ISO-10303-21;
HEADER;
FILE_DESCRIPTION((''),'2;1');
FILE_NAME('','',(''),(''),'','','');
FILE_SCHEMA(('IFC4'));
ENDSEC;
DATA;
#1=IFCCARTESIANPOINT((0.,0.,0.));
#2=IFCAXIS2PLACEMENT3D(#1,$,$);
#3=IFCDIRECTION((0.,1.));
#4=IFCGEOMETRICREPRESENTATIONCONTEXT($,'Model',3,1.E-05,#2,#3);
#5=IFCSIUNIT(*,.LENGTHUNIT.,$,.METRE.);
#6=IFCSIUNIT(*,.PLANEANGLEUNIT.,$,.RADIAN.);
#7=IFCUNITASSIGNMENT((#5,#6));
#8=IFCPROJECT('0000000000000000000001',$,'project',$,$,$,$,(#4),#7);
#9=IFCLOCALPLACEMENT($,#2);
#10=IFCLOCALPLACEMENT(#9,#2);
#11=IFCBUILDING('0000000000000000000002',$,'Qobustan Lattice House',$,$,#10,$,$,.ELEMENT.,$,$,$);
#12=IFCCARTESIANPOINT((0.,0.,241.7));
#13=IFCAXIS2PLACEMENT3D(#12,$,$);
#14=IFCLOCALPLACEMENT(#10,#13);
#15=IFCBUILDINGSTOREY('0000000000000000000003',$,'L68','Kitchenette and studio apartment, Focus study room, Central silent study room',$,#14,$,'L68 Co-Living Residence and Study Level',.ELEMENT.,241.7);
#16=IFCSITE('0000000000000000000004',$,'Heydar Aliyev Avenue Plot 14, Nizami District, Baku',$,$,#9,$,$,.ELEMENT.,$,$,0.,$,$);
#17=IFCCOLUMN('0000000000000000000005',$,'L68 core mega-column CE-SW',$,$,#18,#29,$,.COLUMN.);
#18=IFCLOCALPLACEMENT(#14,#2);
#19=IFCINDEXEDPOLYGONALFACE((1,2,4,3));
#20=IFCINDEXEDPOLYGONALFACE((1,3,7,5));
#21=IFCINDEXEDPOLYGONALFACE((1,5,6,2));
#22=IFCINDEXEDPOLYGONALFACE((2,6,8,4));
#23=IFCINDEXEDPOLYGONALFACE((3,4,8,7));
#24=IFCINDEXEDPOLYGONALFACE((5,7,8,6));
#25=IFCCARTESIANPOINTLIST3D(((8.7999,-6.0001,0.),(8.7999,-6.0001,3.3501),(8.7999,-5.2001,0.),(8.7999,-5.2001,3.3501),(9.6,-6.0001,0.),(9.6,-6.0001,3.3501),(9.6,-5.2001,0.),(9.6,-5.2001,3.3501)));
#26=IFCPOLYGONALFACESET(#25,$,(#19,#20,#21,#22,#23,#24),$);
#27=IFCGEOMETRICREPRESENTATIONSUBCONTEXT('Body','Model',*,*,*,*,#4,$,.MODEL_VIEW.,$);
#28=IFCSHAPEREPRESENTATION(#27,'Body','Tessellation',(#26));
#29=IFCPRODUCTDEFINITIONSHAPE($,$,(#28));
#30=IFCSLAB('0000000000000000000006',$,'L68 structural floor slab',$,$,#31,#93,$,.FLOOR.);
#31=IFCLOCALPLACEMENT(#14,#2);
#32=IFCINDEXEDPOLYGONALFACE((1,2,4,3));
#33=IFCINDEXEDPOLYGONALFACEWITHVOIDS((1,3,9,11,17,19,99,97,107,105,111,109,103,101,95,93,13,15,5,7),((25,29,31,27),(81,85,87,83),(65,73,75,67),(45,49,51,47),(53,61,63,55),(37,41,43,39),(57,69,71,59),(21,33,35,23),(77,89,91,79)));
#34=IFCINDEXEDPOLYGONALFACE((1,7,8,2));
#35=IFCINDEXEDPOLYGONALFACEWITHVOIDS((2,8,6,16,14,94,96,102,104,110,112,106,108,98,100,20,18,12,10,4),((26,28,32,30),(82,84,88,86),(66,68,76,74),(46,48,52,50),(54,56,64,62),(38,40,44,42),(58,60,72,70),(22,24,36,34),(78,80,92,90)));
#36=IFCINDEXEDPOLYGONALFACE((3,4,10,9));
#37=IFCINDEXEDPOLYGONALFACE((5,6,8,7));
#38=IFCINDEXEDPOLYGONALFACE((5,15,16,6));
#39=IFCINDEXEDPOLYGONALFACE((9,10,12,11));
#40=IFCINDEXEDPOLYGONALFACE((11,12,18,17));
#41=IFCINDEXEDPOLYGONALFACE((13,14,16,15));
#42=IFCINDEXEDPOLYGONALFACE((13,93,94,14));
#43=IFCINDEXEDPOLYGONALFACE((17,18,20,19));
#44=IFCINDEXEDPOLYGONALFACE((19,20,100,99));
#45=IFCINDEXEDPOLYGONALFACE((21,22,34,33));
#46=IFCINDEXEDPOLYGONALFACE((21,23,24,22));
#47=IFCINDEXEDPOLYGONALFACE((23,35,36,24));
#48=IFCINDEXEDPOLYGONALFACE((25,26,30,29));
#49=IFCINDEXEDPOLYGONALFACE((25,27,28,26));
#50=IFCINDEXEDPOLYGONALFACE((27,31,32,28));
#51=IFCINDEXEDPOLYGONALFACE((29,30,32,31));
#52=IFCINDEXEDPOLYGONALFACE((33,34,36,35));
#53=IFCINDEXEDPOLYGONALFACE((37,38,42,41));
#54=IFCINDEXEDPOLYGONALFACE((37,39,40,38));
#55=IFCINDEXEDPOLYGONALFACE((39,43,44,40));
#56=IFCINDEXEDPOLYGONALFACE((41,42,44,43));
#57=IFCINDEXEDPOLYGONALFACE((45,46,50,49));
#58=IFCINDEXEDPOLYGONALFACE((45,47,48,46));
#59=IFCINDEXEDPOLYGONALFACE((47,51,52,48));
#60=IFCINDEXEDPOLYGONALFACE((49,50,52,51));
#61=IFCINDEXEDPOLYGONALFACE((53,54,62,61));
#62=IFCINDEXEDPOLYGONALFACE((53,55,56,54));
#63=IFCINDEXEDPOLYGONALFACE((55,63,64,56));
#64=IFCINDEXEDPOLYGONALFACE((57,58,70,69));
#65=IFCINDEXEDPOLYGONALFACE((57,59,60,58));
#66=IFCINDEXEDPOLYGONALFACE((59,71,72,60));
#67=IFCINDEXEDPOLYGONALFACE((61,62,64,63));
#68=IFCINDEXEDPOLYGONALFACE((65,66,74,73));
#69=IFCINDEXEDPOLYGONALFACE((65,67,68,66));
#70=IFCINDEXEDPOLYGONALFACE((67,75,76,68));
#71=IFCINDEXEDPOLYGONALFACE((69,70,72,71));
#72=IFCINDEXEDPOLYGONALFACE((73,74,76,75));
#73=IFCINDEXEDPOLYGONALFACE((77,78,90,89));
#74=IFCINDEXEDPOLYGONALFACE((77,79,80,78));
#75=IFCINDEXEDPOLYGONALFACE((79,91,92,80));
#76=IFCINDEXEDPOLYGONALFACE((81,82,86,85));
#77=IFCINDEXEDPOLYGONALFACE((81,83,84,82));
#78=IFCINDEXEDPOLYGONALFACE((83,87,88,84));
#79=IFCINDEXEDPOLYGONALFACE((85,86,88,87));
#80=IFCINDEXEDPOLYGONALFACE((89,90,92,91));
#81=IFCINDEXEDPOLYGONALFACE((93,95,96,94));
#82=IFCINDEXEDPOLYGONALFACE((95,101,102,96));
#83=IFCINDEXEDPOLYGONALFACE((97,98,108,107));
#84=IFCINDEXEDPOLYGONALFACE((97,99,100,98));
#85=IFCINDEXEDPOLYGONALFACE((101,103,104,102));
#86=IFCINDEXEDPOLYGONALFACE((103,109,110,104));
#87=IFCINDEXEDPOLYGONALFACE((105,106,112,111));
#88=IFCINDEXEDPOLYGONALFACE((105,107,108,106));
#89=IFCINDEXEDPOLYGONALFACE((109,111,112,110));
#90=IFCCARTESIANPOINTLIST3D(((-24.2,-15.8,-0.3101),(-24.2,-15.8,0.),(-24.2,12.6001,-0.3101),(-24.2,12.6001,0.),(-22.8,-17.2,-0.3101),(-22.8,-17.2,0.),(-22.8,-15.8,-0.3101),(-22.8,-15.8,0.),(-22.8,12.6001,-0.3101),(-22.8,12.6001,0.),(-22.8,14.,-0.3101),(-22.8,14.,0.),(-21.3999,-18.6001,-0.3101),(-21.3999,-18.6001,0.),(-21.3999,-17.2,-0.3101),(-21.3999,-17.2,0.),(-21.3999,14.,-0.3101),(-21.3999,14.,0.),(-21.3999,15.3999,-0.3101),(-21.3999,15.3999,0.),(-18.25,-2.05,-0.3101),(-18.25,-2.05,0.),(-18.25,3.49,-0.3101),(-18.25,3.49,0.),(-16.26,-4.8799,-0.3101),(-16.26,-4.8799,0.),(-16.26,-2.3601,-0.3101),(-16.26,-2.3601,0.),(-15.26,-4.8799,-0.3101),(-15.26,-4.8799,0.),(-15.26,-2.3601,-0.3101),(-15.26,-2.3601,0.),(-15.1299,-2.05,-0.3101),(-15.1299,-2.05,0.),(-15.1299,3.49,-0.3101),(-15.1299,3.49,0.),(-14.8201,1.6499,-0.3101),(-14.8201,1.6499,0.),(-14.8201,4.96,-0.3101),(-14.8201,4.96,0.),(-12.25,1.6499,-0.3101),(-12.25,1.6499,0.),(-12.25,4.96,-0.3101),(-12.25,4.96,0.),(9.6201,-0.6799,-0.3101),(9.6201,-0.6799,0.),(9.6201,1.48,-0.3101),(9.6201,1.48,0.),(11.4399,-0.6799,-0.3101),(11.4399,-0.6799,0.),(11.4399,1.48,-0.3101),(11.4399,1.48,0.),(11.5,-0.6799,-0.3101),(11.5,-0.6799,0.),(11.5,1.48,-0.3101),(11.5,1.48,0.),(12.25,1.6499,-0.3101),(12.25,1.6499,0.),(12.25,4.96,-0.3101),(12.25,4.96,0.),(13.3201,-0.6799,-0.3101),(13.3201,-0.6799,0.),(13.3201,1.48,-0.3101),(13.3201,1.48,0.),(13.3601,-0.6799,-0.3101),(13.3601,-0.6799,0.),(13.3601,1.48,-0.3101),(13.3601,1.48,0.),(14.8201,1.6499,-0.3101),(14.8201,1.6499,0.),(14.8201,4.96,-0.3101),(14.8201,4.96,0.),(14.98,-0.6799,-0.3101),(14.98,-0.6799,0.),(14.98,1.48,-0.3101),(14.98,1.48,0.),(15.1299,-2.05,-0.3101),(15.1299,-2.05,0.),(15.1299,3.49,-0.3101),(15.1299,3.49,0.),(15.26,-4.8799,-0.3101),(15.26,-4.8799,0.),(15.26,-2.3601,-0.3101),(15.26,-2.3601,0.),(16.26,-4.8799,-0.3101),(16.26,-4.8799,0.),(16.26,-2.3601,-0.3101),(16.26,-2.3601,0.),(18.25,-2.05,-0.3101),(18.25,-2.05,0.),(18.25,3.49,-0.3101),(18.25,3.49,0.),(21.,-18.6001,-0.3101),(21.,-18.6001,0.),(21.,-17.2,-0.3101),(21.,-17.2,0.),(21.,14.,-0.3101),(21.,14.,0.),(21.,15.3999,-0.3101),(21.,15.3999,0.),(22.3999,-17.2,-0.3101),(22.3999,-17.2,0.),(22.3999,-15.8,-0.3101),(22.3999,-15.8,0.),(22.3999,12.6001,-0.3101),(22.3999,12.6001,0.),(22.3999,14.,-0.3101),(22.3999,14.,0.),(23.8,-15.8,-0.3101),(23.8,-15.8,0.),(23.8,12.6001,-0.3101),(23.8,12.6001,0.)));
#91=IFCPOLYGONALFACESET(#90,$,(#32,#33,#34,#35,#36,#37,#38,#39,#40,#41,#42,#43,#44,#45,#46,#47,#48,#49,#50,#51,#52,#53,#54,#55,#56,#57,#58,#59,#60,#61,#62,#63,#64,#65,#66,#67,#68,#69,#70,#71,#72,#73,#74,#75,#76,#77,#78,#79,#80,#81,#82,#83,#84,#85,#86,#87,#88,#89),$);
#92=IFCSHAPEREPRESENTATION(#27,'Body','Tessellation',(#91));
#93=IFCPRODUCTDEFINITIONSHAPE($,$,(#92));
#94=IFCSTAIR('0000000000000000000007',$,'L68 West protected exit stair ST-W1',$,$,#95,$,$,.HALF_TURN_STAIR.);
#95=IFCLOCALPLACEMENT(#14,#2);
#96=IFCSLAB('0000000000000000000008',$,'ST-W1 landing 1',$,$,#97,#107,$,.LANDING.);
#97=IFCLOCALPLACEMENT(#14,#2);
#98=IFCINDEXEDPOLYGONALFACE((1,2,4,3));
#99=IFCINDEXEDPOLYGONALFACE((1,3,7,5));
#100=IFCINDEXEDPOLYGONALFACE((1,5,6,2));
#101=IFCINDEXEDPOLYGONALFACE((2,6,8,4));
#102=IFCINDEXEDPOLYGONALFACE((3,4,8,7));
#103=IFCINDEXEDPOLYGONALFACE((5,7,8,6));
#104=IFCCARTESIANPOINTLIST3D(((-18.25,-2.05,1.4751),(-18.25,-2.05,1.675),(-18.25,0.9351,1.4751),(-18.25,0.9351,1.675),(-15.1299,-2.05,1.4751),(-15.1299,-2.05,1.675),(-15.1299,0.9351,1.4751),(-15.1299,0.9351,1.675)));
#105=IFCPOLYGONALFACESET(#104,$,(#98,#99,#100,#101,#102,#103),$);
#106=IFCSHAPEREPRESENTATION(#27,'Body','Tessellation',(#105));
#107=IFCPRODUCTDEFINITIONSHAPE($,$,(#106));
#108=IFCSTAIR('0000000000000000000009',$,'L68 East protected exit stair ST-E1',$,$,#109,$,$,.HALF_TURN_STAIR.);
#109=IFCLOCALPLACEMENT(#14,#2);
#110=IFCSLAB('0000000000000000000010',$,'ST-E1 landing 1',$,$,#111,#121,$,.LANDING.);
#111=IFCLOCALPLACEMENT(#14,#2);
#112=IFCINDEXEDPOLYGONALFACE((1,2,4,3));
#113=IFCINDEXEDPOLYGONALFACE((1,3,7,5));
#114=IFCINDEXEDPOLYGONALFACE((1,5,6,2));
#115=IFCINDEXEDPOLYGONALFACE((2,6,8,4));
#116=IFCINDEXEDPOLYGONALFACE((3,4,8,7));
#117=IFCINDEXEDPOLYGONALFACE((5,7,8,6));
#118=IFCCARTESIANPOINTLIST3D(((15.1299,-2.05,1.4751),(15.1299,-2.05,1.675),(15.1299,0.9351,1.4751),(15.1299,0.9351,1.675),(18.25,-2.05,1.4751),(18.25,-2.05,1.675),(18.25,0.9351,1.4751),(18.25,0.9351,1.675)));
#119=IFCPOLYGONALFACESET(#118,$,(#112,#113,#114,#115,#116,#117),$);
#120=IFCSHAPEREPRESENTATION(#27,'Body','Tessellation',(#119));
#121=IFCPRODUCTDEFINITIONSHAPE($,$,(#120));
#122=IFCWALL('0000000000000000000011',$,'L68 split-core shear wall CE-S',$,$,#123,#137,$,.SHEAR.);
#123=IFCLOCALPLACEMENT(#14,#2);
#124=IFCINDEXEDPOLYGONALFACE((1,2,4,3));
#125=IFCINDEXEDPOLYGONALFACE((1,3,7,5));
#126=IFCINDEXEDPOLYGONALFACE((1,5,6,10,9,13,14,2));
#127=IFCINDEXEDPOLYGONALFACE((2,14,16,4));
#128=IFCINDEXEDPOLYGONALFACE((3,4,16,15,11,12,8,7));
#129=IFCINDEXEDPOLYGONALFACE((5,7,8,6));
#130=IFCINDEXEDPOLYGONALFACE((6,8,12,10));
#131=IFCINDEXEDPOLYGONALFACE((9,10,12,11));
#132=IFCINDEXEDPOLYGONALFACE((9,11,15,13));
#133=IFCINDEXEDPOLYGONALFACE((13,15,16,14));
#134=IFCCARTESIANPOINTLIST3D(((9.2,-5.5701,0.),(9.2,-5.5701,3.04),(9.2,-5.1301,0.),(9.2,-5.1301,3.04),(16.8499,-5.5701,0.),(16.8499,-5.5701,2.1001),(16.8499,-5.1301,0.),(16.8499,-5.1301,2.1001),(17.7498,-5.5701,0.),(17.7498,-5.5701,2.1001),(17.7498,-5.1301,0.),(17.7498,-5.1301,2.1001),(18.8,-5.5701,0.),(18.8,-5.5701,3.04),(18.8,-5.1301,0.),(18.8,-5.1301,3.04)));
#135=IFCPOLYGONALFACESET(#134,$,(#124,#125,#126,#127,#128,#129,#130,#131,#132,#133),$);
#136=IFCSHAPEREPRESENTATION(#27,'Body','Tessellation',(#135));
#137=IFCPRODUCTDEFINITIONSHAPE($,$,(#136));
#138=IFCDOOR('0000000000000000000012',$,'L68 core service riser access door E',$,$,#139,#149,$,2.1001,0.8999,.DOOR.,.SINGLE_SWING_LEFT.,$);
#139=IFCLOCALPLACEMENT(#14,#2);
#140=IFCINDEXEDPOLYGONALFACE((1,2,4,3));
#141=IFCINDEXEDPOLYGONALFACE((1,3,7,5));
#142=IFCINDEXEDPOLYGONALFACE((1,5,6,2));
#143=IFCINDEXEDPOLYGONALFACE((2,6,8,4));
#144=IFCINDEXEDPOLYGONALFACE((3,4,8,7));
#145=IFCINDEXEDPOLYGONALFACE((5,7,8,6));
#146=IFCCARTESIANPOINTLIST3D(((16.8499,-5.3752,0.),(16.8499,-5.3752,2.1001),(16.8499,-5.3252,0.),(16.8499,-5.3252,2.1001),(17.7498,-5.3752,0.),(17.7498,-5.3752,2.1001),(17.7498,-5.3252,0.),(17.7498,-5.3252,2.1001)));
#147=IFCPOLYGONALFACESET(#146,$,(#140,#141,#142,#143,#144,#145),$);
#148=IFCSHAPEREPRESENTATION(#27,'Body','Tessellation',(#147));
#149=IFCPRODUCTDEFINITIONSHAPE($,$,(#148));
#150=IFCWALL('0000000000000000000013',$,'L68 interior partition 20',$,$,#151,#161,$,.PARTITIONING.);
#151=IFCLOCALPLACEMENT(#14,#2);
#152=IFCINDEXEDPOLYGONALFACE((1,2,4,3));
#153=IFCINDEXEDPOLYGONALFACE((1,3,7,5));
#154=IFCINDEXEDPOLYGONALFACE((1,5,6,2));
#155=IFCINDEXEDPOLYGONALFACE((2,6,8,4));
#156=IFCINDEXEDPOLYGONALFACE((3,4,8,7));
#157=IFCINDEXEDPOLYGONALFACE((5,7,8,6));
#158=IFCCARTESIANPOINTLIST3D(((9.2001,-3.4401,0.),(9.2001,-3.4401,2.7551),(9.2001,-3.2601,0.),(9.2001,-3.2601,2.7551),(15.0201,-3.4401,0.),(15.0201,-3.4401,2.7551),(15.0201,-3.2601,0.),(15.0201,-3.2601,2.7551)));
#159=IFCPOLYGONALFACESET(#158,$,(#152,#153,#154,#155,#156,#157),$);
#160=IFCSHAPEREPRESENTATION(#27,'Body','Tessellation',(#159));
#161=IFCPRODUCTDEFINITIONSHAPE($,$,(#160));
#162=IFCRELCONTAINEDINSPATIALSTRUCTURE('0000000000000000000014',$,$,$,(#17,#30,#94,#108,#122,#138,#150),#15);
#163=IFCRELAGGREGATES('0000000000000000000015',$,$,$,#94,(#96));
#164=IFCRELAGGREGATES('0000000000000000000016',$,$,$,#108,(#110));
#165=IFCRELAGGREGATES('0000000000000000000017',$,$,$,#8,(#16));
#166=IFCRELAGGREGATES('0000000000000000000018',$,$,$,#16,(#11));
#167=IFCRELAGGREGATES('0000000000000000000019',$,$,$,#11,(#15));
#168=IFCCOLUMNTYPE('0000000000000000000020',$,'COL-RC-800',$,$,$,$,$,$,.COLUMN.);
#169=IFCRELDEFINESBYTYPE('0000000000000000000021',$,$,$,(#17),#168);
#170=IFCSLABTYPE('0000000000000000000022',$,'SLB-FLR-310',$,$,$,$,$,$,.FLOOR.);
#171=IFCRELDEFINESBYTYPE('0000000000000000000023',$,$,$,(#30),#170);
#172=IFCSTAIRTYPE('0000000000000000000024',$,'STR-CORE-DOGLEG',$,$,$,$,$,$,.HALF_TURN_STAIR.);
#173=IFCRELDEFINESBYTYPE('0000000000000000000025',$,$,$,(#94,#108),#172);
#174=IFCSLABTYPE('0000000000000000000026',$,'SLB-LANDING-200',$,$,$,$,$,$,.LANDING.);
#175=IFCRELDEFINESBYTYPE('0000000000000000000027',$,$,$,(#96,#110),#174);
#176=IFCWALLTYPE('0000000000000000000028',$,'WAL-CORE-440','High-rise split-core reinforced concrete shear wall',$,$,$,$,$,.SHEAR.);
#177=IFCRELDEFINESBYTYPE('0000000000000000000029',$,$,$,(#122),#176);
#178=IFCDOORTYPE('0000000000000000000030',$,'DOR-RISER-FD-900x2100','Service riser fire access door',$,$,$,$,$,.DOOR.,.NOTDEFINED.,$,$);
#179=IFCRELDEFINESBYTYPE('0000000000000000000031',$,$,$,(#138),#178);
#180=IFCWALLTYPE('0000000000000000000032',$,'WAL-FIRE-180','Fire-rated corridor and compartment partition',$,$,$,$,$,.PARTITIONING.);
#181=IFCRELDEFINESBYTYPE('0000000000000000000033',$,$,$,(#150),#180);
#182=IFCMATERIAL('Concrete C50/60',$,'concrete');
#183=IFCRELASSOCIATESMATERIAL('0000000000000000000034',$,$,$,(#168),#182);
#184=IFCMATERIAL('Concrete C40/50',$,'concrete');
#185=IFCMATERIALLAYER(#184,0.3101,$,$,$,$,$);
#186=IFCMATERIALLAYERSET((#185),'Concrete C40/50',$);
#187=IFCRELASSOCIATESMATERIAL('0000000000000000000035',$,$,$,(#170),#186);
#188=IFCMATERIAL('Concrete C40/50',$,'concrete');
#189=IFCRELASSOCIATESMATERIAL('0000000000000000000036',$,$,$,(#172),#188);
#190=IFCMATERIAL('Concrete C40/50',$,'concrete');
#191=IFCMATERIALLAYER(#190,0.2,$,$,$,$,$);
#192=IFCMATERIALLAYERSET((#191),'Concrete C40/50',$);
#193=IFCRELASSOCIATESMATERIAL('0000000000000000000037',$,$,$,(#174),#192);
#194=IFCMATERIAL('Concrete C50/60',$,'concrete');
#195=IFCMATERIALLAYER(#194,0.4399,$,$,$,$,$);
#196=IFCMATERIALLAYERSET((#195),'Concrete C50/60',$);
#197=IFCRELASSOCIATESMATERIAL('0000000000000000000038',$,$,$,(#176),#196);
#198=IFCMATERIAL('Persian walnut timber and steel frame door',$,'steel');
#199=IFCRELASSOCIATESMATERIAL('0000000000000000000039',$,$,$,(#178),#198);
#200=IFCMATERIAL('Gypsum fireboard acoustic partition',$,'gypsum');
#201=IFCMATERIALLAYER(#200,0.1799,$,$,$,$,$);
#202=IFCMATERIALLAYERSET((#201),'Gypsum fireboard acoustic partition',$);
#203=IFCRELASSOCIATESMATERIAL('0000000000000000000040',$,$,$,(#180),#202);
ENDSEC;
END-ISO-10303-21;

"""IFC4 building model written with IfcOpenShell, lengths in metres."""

from ifc_helpers import new_model, si_unit, direction, frame, frame_2d, origin, origin_2d, place, context, subcontext, project, spatial, polyline, rectangle, outline, extrude, material, layer, layer_set, material_profile, profile_set, type_object, element, fill, aggregate, save


model = new_model("IFC4")

# Units and contexts
model_context = context("Model", 3, precision=1e-05, world=origin(), true_north=direction((0.0, 1.0)))
body_context = subcontext(model_context, "Body", "Model", "MODEL_VIEW")
ifc_project = project(units=[si_unit("LENGTHUNIT", "METRE"), si_unit("PLANEANGLEUNIT", "RADIAN")], contexts=[model_context])

# Site, building, storey
site_placement = place(None, origin())
site = spatial("IfcSite", under=ifc_project, at=site_placement, Name="Heydar Aliyev Avenue Plot 14, Nizami District, Baku", CompositionType="ELEMENT", RefElevation=0.0)
building_placement = place(site_placement, origin())
building = spatial("IfcBuilding", under=site, at=building_placement, Name="Qobustan Lattice House", CompositionType="ELEMENT")
storey_placement = place(building_placement, frame((0.0, 0.0, 241.7)))
storey = spatial("IfcBuildingStorey", under=building, at=storey_placement, Name="L68", Description="Kitchenette and studio apartment, Focus study room, Central silent study room", LongName="L68 Co-Living Residence and Study Level", CompositionType="ELEMENT", Elevation=241.7)

# Column
ifc_material_1 = material(Name="Concrete C50/60", Category="concrete")
ifc_material_profile = material_profile(ifc_material_1, rectangle(XDim=0.8, YDim=0.8, at=origin_2d()), Name="RC800x800")
ifc_profile_set = profile_set([ifc_material_profile], Name="Concrete C50/60")
column_type = type_object("IfcColumnType", Name="COL-RC-800", PredefinedType="COLUMN", material=ifc_profile_set)
column_placement = place(storey_placement, frame((9.2, -5.6001, 0.0), z_axis=(0.0, 0.0, 1.0), x_axis=(1.0, 0.0, 0.0)))
element("IfcColumn", 1, at=column_placement, inside=storey, type_object=column_type, Name="L68 core mega-column CE-SW", PredefinedType="COLUMN", context=body_context, shape_type="SweptSolid", body=[
    extrude(rectangle(XDim=0.8, YDim=0.8, at=origin_2d()), origin(), (0.0, 0.0, 1.0), 3.3501),
])

# Slab
ifc_material_2 = material(Name="Concrete C40/50", Category="concrete")
ifc_layer_1 = layer(ifc_material_2, 0.3101)
ifc_layer_set_1 = layer_set([ifc_layer_1], Name="Concrete C40/50")
slab_type_1 = type_object("IfcSlabType", Name="SLB-FLR-310", PredefinedType="FLOOR", material=ifc_layer_set_1)
slab_1_placement = place(storey_placement, frame((0.0, 0.0, -0.3101)))
element("IfcSlab", 2, at=slab_1_placement, inside=storey, type_object=slab_type_1, Name="L68 structural floor slab", PredefinedType="FLOOR", context=body_context, shape_type="SweptSolid", body=[
    extrude(outline(polyline([(-21.3999, -18.6001), (21.0, -18.6001), (21.0, -17.2), (22.3999, -17.2), (22.3999, -15.8), (23.8, -15.8), (23.8, 12.6001), (22.3999, 12.6001), (22.3999, 14.0), (21.0, 14.0), (21.0, 15.3999), (-21.3999, 15.3999), (-21.3999, 14.0), (-22.8, 14.0), (-22.8, 12.6001), (-24.2, 12.6001), (-24.2, -15.8), (-22.8, -15.8), (-22.8, -17.2), (-21.3999, -17.2), (-21.3999, -18.6001)]), holes=[polyline([(-18.25, -2.05), (-18.25, 3.49), (-15.1299, 3.49), (-15.1299, -2.05), (-18.25, -2.05)]), polyline([(15.1299, -2.05), (15.1299, 3.49), (18.25, 3.49), (18.25, -2.05), (15.1299, -2.05)]), polyline([(-14.8201, 1.6499), (-14.8201, 4.96), (-12.25, 4.96), (-12.25, 1.6499), (-14.8201, 1.6499)]), polyline([(12.25, 1.6499), (12.25, 4.96), (14.8201, 4.96), (14.8201, 1.6499), (12.25, 1.6499)]), polyline([(-16.26, -4.8799), (-16.26, -2.3601), (-15.26, -2.3601), (-15.26, -4.8799), (-16.26, -4.8799)]), polyline([(15.26, -4.8799), (15.26, -2.3601), (16.26, -2.3601), (16.26, -4.8799), (15.26, -4.8799)]), polyline([(13.3601, -0.6799), (13.3601, 1.48), (14.98, 1.48), (14.98, -0.6799), (13.3601, -0.6799)]), polyline([(9.6201, -0.6799), (9.6201, 1.48), (11.4399, 1.48), (11.4399, -0.6799), (9.6201, -0.6799)]), polyline([(11.5, -0.6799), (11.5, 1.48), (13.3201, 1.48), (13.3201, -0.6799), (11.5, -0.6799)])]), origin(), (0.0, 0.0, 1.0), 0.3101),
])

# Stairs, slabs
ifc_material_3 = material(Name="Concrete C40/50", Category="concrete")
stair_type = type_object("IfcStairType", Name="STR-CORE-DOGLEG", PredefinedType="HALF_TURN_STAIR", material=ifc_material_3)
stair_1_placement = place(storey_placement, origin())
stair_1 = element("IfcStair", 3, at=stair_1_placement, inside=storey, type_object=stair_type, Name="L68 West protected exit stair ST-W1", PredefinedType="HALF_TURN_STAIR")
ifc_material_4 = material(Name="Concrete C40/50", Category="concrete")
ifc_layer_2 = layer(ifc_material_4, 0.2)
ifc_layer_set_2 = layer_set([ifc_layer_2], Name="Concrete C40/50")
slab_type_2 = type_object("IfcSlabType", Name="SLB-LANDING-200", PredefinedType="LANDING", material=ifc_layer_set_2)
slab_2_placement = place(storey_placement, frame((0.0, 0.0, 1.4751)))
slab_2 = element("IfcSlab", 4, at=slab_2_placement, type_object=slab_type_2, Name="ST-W1 landing 1", PredefinedType="LANDING", context=body_context, shape_type="SweptSolid", body=[
    extrude(outline(polyline([(-18.25, 0.9351), (-18.25, -2.05), (-15.1299, -2.05), (-15.1299, 0.9351), (-18.25, 0.9351)])), origin(), (0.0, 0.0, 1.0), 0.2),
])
aggregate(stair_1, [slab_2])
stair_2_placement = place(storey_placement, origin())
stair_2 = element("IfcStair", 5, at=stair_2_placement, inside=storey, type_object=stair_type, Name="L68 East protected exit stair ST-E1", PredefinedType="HALF_TURN_STAIR")
slab_3_placement = place(storey_placement, frame((0.0, 0.0, 1.4751)))
slab_3 = element("IfcSlab", 6, at=slab_3_placement, type_object=slab_type_2, Name="ST-E1 landing 1", PredefinedType="LANDING", context=body_context, shape_type="SweptSolid", body=[
    extrude(outline(polyline([(15.1299, 0.9351), (15.1299, -2.05), (18.25, -2.05), (18.25, 0.9351), (15.1299, 0.9351)])), origin(), (0.0, 0.0, 1.0), 0.2),
])
aggregate(stair_2, [slab_3])

# Wall, opening, door
ifc_material_5 = material(Name="Concrete C50/60", Category="concrete")
ifc_layer_3 = layer(ifc_material_5, 0.4399)
ifc_layer_set_3 = layer_set([ifc_layer_3], Name="Concrete C50/60")
wall_type_1 = type_object("IfcWallType", Name="WAL-CORE-440", Description="High-rise split-core reinforced concrete shear wall", PredefinedType="SHEAR", material=ifc_layer_set_3)
wall_1_placement = place(storey_placement, frame((9.2, -5.3501, 0.0), z_axis=(0.0, 0.0, 1.0), x_axis=(1.0, 0.0, 0.0)))
wall_1 = element("IfcWall", 7, at=wall_1_placement, inside=storey, type_object=wall_type_1, Name="L68 split-core shear wall CE-S", PredefinedType="SHEAR", context=body_context, shape_type="SweptSolid", body=[
    extrude(rectangle(XDim=9.6001, YDim=0.4399, at=frame_2d((4.8, 0.0))), origin(), (0.0, 0.0, 1.0), 3.04),
])
opening_1_placement = place(wall_1_placement, frame((7.6499, 0.0, 0.0)))
opening_1 = element("IfcOpeningElement", 8, at=opening_1_placement, cuts=wall_1, PredefinedType="OPENING", context=body_context, shape_type="SweptSolid", body=[
    extrude(rectangle(XDim=0.8999, YDim=2.1001, at=frame_2d((0.45, 1.05))), frame((0.0, 0.23, 0.0), z_axis=(0.0, -1.0, 0.0), x_axis=(1.0, 0.0, 0.0)), (0.0, 0.0, 1.0), 0.46),
])
ifc_material_6 = material(Name="Persian walnut timber and steel frame door", Category="steel")
door_type_1 = type_object("IfcDoorType", Name="DOR-RISER-FD-900x2100", Description="Service riser fire access door", OperationType="NOTDEFINED", PredefinedType="DOOR", material=ifc_material_6)
door_1_placement = place(opening_1_placement, origin())
door_1 = element("IfcDoor", 9, at=door_1_placement, inside=storey, type_object=door_type_1, Name="L68 core service riser access door E", OperationType="SINGLE_SWING_LEFT", OverallHeight=2.1001, OverallWidth=0.8999, PredefinedType="DOOR", context=body_context, shape_type="SweptSolid", body=[
    extrude(rectangle(XDim=0.8999, YDim=2.1001, at=frame_2d((0.45, 1.05))), frame((0.0, 0.0249, 0.0), z_axis=(0.0, -1.0, 0.0), x_axis=(1.0, 0.0, 0.0)), (0.0, 0.0, 1.0), 0.05),
])
fill(opening_1, door_1)

# Wall
ifc_material_7 = material(Name="Gypsum fireboard acoustic partition", Category="gypsum")
ifc_layer_4 = layer(ifc_material_7, 0.1799)
ifc_layer_set_4 = layer_set([ifc_layer_4], Name="Gypsum fireboard acoustic partition")
wall_type_2 = type_object("IfcWallType", Name="WAL-FIRE-180", Description="Fire-rated corridor and compartment partition", PredefinedType="PARTITIONING", material=ifc_layer_set_4)
wall_2_placement = place(storey_placement, frame((9.2, -3.3501, 0.0), z_axis=(0.0, 0.0, 1.0), x_axis=(1.0, 0.0, 0.0)))
element("IfcWall", 10, at=wall_2_placement, inside=storey, type_object=wall_type_2, Name="L68 interior partition 20", PredefinedType="PARTITIONING", context=body_context, shape_type="SweptSolid", body=[
    extrude(rectangle(XDim=5.8201, YDim=0.1799, at=frame_2d((2.9102, 0.0))), origin(), (0.0, 0.0, 1.0), 2.7551),
])

save(model, "model.ifc")
